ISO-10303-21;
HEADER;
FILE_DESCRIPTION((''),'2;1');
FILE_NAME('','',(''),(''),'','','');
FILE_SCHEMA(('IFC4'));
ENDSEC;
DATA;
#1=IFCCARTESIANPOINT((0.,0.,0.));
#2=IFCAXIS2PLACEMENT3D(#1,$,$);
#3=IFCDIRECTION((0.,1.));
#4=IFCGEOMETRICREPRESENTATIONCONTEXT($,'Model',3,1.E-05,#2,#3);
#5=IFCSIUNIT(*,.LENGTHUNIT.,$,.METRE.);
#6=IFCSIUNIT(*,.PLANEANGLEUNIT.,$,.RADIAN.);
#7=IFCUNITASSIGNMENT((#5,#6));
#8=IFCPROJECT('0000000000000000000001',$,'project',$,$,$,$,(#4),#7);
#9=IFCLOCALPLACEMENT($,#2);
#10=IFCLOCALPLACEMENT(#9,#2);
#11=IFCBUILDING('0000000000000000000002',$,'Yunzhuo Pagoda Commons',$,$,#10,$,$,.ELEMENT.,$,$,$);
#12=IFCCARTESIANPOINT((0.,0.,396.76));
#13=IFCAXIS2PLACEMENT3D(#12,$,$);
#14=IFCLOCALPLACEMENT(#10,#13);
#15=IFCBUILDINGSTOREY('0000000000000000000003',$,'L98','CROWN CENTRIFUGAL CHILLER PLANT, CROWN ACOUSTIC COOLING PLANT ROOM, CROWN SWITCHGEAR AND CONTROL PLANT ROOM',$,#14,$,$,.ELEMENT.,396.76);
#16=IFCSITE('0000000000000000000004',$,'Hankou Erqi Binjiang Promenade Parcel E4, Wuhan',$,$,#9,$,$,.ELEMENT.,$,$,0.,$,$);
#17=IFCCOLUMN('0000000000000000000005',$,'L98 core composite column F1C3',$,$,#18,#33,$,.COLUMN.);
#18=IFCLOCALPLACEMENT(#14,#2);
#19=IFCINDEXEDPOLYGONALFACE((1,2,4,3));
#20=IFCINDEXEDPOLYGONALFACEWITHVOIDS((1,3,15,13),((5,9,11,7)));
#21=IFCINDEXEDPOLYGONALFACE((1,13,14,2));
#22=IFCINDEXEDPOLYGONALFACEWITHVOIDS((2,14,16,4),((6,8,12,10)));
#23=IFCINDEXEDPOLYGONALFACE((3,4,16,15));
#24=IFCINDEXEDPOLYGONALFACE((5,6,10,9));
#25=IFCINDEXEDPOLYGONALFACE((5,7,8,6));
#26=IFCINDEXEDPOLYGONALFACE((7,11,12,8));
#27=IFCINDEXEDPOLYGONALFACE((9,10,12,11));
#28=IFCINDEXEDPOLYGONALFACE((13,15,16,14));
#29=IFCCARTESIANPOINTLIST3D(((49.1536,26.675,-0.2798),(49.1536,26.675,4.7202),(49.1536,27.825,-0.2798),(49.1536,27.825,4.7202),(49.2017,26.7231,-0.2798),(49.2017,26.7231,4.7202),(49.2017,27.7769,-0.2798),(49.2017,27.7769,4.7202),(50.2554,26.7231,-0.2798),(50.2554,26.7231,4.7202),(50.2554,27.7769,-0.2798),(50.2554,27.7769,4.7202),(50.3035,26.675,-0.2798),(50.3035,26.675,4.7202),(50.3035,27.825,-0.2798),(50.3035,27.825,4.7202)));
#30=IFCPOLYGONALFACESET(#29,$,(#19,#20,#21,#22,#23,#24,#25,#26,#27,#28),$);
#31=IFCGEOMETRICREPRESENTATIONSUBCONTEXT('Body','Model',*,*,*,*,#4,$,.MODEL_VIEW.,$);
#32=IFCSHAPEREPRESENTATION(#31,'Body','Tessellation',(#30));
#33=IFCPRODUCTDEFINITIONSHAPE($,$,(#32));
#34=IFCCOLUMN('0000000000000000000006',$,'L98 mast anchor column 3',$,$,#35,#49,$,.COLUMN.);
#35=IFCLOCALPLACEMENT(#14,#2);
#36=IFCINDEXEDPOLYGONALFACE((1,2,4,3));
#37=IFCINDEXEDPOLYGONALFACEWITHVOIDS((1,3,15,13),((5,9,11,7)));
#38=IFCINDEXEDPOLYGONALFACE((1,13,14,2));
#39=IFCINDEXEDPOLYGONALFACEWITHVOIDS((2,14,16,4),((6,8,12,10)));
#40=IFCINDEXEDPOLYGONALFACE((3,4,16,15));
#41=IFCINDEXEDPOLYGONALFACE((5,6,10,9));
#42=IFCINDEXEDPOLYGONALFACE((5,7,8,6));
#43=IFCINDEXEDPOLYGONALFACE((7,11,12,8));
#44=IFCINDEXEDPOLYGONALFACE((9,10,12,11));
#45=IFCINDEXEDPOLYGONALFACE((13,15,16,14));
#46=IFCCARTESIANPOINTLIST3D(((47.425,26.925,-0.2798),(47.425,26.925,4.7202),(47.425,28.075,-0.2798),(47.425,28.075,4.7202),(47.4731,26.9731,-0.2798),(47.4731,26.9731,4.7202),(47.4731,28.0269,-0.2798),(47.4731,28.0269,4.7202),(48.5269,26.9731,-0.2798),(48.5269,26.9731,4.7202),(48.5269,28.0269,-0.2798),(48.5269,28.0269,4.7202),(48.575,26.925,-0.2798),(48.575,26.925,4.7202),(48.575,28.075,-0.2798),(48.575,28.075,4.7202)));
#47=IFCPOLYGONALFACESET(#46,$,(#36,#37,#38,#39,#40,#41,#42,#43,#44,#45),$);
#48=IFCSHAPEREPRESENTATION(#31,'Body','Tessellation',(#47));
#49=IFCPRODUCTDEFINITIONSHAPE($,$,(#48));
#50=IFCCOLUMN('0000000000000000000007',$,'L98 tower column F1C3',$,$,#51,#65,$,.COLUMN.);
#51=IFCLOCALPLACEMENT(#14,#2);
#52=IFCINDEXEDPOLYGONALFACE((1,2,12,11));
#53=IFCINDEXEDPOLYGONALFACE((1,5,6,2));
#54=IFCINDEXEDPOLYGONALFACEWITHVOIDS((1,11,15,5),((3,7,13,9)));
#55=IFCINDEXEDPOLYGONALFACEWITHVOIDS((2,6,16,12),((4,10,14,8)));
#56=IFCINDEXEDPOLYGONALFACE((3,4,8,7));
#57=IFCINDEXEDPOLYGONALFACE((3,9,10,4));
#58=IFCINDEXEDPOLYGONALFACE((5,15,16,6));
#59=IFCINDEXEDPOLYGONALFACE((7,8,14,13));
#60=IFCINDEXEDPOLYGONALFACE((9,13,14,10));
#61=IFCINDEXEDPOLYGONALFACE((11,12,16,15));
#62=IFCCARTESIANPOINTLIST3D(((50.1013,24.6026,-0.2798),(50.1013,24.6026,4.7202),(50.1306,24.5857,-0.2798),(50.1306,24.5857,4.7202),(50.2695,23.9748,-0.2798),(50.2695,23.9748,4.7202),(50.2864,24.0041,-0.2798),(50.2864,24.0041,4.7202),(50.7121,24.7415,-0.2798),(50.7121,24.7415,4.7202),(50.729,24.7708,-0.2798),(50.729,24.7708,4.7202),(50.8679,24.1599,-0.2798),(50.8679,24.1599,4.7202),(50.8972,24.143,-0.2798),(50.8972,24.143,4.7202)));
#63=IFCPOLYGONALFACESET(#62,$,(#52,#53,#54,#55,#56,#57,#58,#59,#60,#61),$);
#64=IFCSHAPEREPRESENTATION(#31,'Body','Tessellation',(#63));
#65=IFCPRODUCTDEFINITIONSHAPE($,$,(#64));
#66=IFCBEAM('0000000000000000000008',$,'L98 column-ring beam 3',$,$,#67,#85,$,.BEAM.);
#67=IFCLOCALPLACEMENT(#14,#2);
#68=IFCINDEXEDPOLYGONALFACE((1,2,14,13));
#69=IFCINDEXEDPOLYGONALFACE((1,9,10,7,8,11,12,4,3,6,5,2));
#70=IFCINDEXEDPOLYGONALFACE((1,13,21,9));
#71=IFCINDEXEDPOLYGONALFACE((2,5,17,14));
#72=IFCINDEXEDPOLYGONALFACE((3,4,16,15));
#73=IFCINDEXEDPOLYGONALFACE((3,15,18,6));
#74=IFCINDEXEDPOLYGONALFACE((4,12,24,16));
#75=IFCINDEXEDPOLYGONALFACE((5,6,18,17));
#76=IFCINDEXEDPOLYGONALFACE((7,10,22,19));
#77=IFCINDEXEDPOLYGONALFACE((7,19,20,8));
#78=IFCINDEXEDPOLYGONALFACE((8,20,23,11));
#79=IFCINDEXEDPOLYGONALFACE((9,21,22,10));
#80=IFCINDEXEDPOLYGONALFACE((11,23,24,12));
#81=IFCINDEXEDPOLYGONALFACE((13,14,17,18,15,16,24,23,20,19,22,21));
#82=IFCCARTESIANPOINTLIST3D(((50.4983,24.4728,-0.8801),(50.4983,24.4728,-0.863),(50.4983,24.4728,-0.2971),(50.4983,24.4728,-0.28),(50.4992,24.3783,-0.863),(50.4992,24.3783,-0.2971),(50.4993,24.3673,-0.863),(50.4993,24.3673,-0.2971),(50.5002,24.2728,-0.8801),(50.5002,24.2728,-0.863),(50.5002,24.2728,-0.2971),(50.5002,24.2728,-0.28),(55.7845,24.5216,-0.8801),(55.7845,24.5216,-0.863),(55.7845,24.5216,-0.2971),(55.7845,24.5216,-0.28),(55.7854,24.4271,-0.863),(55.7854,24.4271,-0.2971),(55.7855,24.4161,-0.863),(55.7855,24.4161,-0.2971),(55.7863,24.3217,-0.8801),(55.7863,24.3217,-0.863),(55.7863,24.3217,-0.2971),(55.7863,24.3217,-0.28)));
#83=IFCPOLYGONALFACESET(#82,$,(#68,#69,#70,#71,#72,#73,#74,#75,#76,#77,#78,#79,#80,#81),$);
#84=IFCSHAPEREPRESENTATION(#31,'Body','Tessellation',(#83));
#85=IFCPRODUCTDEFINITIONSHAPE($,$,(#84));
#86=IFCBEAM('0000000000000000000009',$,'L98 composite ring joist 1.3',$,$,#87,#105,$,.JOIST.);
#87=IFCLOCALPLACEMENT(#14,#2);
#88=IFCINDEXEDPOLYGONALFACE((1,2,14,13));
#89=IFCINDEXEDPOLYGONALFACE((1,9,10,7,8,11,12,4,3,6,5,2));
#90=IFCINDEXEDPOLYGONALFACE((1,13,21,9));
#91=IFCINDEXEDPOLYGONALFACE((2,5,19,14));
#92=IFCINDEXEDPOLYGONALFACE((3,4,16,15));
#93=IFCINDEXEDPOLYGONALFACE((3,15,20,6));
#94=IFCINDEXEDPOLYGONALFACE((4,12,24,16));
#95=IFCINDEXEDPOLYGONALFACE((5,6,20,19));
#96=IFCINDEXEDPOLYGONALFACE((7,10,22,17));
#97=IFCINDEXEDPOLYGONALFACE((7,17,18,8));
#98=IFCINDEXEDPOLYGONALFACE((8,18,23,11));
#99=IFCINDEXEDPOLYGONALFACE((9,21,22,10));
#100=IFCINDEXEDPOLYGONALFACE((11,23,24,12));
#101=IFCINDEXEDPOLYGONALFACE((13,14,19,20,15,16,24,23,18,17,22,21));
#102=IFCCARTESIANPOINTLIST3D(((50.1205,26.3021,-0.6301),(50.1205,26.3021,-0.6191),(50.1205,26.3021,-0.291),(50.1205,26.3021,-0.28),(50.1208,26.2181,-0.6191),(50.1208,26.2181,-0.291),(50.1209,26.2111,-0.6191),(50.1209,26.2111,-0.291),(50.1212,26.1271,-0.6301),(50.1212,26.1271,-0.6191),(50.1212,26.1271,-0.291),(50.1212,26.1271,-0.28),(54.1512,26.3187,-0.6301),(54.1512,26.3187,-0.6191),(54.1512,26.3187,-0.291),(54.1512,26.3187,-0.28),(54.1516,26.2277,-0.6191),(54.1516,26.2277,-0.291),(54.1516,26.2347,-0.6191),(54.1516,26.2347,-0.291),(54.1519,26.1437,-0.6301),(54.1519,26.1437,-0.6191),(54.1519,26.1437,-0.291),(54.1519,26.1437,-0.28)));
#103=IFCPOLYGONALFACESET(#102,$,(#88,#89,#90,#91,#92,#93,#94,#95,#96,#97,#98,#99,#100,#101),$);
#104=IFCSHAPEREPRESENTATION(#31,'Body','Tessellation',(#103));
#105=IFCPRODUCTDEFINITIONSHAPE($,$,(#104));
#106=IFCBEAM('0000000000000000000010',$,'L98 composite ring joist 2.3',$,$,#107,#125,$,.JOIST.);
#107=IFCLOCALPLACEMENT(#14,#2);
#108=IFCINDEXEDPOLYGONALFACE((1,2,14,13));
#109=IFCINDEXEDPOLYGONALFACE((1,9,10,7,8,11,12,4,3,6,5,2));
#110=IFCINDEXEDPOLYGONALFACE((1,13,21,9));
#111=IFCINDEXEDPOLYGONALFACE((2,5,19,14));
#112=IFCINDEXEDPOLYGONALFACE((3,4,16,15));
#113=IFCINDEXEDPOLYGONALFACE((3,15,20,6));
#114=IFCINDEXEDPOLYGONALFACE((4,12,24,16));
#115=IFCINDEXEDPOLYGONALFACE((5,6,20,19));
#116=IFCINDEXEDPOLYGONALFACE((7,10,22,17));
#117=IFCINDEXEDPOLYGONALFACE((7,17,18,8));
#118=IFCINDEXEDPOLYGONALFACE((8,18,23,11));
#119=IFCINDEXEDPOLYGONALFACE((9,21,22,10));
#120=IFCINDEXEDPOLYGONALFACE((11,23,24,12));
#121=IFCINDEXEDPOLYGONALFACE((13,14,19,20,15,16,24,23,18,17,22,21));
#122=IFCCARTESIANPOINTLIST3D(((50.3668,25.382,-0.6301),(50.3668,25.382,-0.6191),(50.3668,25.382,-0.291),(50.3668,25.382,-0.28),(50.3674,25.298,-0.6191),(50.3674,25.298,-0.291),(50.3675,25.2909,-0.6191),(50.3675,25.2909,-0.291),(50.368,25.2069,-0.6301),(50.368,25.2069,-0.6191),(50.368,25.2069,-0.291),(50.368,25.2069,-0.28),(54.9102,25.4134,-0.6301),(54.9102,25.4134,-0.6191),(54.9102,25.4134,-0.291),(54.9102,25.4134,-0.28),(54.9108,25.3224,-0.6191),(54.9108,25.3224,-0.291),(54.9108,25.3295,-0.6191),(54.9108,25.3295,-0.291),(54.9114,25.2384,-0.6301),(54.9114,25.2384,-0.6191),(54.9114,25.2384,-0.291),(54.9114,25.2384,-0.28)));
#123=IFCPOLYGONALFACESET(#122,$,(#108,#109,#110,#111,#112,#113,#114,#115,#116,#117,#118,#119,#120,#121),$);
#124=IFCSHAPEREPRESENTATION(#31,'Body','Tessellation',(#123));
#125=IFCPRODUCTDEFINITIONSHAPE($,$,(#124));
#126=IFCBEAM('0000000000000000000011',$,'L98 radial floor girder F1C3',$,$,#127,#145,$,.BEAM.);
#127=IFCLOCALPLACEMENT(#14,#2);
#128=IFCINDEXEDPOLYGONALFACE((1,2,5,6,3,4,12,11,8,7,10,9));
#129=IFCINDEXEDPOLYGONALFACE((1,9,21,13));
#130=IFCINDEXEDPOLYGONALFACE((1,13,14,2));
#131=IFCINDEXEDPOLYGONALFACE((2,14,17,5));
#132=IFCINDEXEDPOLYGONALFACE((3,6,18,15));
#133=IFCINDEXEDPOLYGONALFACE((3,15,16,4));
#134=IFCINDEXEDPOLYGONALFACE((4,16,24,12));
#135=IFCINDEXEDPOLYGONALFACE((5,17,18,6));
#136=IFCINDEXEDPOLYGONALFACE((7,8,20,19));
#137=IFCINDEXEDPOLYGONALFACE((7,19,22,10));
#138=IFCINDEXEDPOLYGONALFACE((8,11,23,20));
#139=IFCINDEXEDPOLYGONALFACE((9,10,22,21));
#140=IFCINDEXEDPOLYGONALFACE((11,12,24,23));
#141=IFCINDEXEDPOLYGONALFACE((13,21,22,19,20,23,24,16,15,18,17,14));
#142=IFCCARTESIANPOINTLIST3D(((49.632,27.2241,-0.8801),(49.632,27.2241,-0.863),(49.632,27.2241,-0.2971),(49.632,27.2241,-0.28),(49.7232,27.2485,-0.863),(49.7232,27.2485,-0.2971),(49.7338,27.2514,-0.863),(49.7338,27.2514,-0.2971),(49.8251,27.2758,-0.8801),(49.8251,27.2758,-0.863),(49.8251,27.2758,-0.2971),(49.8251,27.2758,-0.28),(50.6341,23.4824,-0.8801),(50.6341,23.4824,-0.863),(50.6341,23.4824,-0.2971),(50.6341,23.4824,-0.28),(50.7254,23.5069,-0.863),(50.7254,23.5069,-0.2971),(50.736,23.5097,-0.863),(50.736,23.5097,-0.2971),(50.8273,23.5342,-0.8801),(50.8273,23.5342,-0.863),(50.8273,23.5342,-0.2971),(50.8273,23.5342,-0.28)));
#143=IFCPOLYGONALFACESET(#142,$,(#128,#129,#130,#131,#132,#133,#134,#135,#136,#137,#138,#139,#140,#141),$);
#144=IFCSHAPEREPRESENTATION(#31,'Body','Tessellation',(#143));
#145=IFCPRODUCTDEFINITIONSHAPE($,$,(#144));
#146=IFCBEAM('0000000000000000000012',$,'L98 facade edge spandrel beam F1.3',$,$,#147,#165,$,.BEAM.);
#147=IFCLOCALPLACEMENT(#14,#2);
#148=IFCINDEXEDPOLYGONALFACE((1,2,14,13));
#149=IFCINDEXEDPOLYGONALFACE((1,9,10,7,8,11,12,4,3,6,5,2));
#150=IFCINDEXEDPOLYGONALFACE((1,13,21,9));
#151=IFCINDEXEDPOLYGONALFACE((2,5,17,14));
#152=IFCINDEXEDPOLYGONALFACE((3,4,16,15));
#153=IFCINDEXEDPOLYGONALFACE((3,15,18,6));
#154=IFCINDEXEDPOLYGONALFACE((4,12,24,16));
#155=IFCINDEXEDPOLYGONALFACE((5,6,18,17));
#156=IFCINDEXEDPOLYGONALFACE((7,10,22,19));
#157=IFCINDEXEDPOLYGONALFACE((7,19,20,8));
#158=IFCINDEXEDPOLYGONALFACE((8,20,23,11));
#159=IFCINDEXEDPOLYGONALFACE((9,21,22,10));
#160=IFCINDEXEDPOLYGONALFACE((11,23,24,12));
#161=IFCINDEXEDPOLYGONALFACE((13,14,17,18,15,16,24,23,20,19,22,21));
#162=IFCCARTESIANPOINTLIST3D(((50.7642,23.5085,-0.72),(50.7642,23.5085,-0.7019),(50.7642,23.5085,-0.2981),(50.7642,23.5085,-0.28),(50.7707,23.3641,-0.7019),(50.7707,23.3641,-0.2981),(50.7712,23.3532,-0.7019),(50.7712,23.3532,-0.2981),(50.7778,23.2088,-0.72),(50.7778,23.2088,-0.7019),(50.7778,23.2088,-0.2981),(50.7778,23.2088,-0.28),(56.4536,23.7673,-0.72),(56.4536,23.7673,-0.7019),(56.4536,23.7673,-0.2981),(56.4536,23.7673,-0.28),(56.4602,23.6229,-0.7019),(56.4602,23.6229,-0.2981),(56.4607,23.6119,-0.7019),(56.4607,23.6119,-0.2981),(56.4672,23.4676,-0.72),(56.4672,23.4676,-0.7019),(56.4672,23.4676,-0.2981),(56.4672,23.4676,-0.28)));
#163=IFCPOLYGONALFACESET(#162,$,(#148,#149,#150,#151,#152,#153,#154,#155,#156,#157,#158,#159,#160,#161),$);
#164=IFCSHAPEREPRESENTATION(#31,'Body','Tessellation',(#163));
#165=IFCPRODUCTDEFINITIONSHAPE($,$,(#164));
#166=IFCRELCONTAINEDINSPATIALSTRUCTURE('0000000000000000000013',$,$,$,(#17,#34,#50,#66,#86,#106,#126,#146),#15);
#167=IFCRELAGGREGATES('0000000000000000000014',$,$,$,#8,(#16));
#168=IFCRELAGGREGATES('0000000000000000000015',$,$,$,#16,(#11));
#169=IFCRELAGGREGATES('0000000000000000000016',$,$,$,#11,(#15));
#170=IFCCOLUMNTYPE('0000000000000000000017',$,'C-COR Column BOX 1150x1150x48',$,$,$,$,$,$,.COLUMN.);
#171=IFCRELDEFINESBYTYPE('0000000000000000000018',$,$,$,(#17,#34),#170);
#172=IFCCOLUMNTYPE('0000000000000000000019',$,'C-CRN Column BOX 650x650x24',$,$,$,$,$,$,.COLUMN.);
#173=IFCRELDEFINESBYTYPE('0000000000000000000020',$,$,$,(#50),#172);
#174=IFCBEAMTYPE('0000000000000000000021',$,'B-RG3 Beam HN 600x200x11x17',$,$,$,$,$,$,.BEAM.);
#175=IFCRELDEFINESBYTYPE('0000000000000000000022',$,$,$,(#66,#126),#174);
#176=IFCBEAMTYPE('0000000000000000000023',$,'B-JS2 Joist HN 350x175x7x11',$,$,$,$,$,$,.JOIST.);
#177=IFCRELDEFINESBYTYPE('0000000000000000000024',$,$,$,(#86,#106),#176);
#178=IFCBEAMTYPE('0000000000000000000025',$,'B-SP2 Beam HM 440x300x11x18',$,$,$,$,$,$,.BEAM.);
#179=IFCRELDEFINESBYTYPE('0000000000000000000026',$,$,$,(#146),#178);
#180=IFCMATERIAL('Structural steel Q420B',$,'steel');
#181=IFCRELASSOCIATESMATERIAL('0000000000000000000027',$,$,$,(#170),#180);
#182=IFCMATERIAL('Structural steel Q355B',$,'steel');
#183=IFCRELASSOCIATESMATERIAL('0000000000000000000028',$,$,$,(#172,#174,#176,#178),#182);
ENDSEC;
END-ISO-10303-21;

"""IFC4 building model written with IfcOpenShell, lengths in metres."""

from ifc_helpers import new_model, si_unit, direction, frame, origin, origin_2d, place, context, subcontext, project, spatial, hollow_rectangle, i_section, extrude, source, transform, mapped, material, material_profile, profile_set, type_object, element, save


model = new_model("IFC4")

# Units and contexts
model_context = context("Model", 3, precision=1e-05, world=origin(), true_north=direction((0.0, 1.0)))
body_context = subcontext(model_context, "Body", "Model", "MODEL_VIEW")
ifc_project = project(units=[si_unit("LENGTHUNIT", "METRE"), si_unit("PLANEANGLEUNIT", "RADIAN")], contexts=[model_context])

# Site, building, storey
site_placement = place(None, origin())
site = spatial("IfcSite", under=ifc_project, at=site_placement, Name="Hankou Erqi Binjiang Promenade Parcel E4, Wuhan", CompositionType="ELEMENT", RefElevation=0.0)
building_placement = place(site_placement, origin())
building = spatial("IfcBuilding", under=site, at=building_placement, Name="Yunzhuo Pagoda Commons", CompositionType="ELEMENT")
storey_placement = place(building_placement, frame((0.0, 0.0, 396.76)))
storey = spatial("IfcBuildingStorey", under=building, at=storey_placement, Name="L98", Description="CROWN CENTRIFUGAL CHILLER PLANT, CROWN ACOUSTIC COOLING PLANT ROOM, CROWN SWITCHGEAR AND CONTROL PLANT ROOM", CompositionType="ELEMENT", Elevation=396.76)

# Columns
ifc_material_1 = material(Name="Structural steel Q420B", Category="steel")
ifc_material_profile_1 = material_profile(ifc_material_1, hollow_rectangle(XDim=1.1499, YDim=1.1499, WallThickness=0.0481, at=origin_2d()), Name="Structural steel Q420B")
ifc_profile_set_1 = profile_set([ifc_material_profile_1], Name="Structural steel Q420B")
column_type_1 = type_object("IfcColumnType", Name="C-COR Column BOX 1150x1150x48", PredefinedType="COLUMN", material=ifc_profile_set_1)
shared_shape_1 = source(origin(), body_context, "Body", "SweptSolid", [
    extrude(hollow_rectangle(XDim=1.1499, YDim=1.1499, WallThickness=0.0481, at=origin_2d()), origin(), (0.0, 0.0, 1.0), 5.0),
])
for number, where, z_axis, x_axis, name in (
    (1, (49.7285, 27.25, -0.2798), (0.0, 0.0, 1.0), (1.0, 0.0, 0.0), "L98 core composite column F1C3"),
    (2, (48.0, 27.5, -0.2798), (0.0, 0.0, 1.0), (1.0, 0.0, 0.0), "L98 mast anchor column 3"),
):
    element("IfcColumn", number, at=place(storey_placement, frame(where, z_axis=z_axis, x_axis=x_axis)), inside=storey, type_object=column_type_1, Name=name, PredefinedType="COLUMN", context=body_context, shape_type="MappedRepresentation", body=[
        mapped(shared_shape_1, transform((0.0, 0.0, 0.0), scale=1.0)),
    ])
ifc_material_2 = material(Name="Structural steel Q355B", Category="steel")
ifc_material_profile_2 = material_profile(ifc_material_2, hollow_rectangle(XDim=0.6499, YDim=0.6499, WallThickness=0.0239, at=origin_2d()), Name="Structural steel Q355B")
ifc_profile_set_2 = profile_set([ifc_material_profile_2], Name="Structural steel Q355B")
column_type_2 = type_object("IfcColumnType", Name="C-CRN Column BOX 650x650x24", PredefinedType="COLUMN", material=ifc_profile_set_2)
shared_shape_2 = source(origin(), body_context, "Body", "SweptSolid", [
    extrude(hollow_rectangle(XDim=0.6499, YDim=0.6499, WallThickness=0.0239, at=origin_2d()), origin(), (0.0, 0.0, 1.0), 5.0),
])
column_placement = place(storey_placement, frame((50.4993, 24.3728, -0.2798), z_axis=(0.0, 0.0, 1.0), x_axis=(0.965926, 0.258819, 0.0)))
element("IfcColumn", 3, at=column_placement, inside=storey, type_object=column_type_2, Name="L98 tower column F1C3", PredefinedType="COLUMN", context=body_context, shape_type="MappedRepresentation", body=[
    mapped(shared_shape_2, transform((0.0, 0.0, 0.0), scale=1.0)),
])

# Beams
ifc_material_profile_3 = material_profile(ifc_material_2, i_section(OverallWidth=0.2, OverallDepth=0.6001, WebThickness=0.011, FlangeThickness=0.0171, at=origin_2d()), Name="Structural steel Q355B")
ifc_profile_set_3 = profile_set([ifc_material_profile_3], Name="Structural steel Q355B")
beam_type_1 = type_object("IfcBeamType", Name="B-RG3 Beam HN 600x200x11x17", PredefinedType="BEAM", material=ifc_profile_set_3)
shared_shape_3 = source(origin(), body_context, "Body", "SweptSolid", [
    extrude(i_section(OverallWidth=0.2, OverallDepth=0.6001, WebThickness=0.011, FlangeThickness=0.0171, at=origin_2d()), origin(), (0.0, 0.0, 1.0), 5.2864),
])
beam_1_placement = place(storey_placement, frame((50.4993, 24.3728, -0.5801), z_axis=(0.999957, 0.009237, 0.0), x_axis=(-0.009237, 0.999957, 0.0)))
element("IfcBeam", 4, at=beam_1_placement, inside=storey, type_object=beam_type_1, Name="L98 column-ring beam 3", PredefinedType="BEAM", context=body_context, shape_type="MappedRepresentation", body=[
    mapped(shared_shape_3, transform((0.0, 0.0, 0.0), scale=1.0)),
])
ifc_material_profile_4 = material_profile(ifc_material_2, i_section(OverallWidth=0.175, OverallDepth=0.3501, WebThickness=0.0071, FlangeThickness=0.011, at=origin_2d()), Name="Structural steel Q355B")
ifc_profile_set_4 = profile_set([ifc_material_profile_4], Name="Structural steel Q355B")
beam_type_2 = type_object("IfcBeamType", Name="B-JS2 Joist HN 350x175x7x11", PredefinedType="JOIST", material=ifc_profile_set_4)
shared_shape_4 = source(origin(), body_context, "Body", "SweptSolid", [
    extrude(i_section(OverallWidth=0.175, OverallDepth=0.3501, WebThickness=0.0071, FlangeThickness=0.011, at=origin_2d()), origin(), (0.0, 0.0, 1.0), 4.0308),
])
beam_2_placement = place(storey_placement, frame((50.1208, 26.2146, -0.4551), z_axis=(0.999992, 0.004119, 0.0), x_axis=(-0.004119, 0.999992, 0.0)))
element("IfcBeam", 5, at=beam_2_placement, inside=storey, type_object=beam_type_2, Name="L98 composite ring joist 1.3", PredefinedType="JOIST", context=body_context, shape_type="MappedRepresentation", body=[
    mapped(shared_shape_4, transform((0.0, 0.0, 0.0), scale=1.0)),
])
shared_shape_5 = source(origin(), body_context, "Body", "SweptSolid", [
    extrude(i_section(OverallWidth=0.175, OverallDepth=0.3501, WebThickness=0.0071, FlangeThickness=0.011, at=origin_2d()), origin(), (0.0, 0.0, 1.0), 4.5435),
])
beam_3_placement = place(storey_placement, frame((50.3674, 25.2944, -0.4551), z_axis=(0.999976, 0.006932, 0.0), x_axis=(-0.006932, 0.999976, 0.0)))
element("IfcBeam", 6, at=beam_3_placement, inside=storey, type_object=beam_type_2, Name="L98 composite ring joist 2.3", PredefinedType="JOIST", context=body_context, shape_type="MappedRepresentation", body=[
    mapped(shared_shape_5, transform((0.0, 0.0, 0.0), scale=1.0)),
])
shared_shape_6 = source(origin(), body_context, "Body", "SweptSolid", [
    extrude(i_section(OverallWidth=0.2, OverallDepth=0.6001, WebThickness=0.011, FlangeThickness=0.0171, at=origin_2d()), origin(), (0.0, 0.0, 1.0), 3.8735),
])
beam_4_placement = place(storey_placement, frame((50.7307, 23.5083, -0.5801), z_axis=(-0.258726, 0.965951, 0.0), x_axis=(-0.965951, -0.258726, 0.0)))
element("IfcBeam", 7, at=beam_4_placement, inside=storey, type_object=beam_type_1, Name="L98 radial floor girder F1C3", PredefinedType="BEAM", context=body_context, shape_type="MappedRepresentation", body=[
    mapped(shared_shape_6, transform((0.0, 0.0, 0.0), scale=1.0)),
])
ifc_material_profile_5 = material_profile(ifc_material_2, i_section(OverallWidth=0.3, OverallDepth=0.4399, WebThickness=0.011, FlangeThickness=0.0181, at=origin_2d()), Name="Structural steel Q355B")
ifc_profile_set_5 = profile_set([ifc_material_profile_5], Name="Structural steel Q355B")
beam_type_3 = type_object("IfcBeamType", Name="B-SP2 Beam HM 440x300x11x18", PredefinedType="BEAM", material=ifc_profile_set_5)
shared_shape_7 = source(origin(), body_context, "Body", "SweptSolid", [
    extrude(i_section(OverallWidth=0.3, OverallDepth=0.4399, WebThickness=0.011, FlangeThickness=0.0181, at=origin_2d()), origin(), (0.0, 0.0, 1.0), 5.6953),
])
beam_5_placement = place(storey_placement, frame((50.771, 23.3586, -0.5), z_axis=(0.998967, 0.045439, 0.0), x_axis=(-0.045439, 0.998967, 0.0)))
element("IfcBeam", 8, at=beam_5_placement, inside=storey, type_object=beam_type_3, Name="L98 facade edge spandrel beam F1.3", PredefinedType="BEAM", context=body_context, shape_type="MappedRepresentation", body=[
    mapped(shared_shape_7, transform((0.0, 0.0, 0.0), scale=1.0)),
])

save(model, "model.ifc")
